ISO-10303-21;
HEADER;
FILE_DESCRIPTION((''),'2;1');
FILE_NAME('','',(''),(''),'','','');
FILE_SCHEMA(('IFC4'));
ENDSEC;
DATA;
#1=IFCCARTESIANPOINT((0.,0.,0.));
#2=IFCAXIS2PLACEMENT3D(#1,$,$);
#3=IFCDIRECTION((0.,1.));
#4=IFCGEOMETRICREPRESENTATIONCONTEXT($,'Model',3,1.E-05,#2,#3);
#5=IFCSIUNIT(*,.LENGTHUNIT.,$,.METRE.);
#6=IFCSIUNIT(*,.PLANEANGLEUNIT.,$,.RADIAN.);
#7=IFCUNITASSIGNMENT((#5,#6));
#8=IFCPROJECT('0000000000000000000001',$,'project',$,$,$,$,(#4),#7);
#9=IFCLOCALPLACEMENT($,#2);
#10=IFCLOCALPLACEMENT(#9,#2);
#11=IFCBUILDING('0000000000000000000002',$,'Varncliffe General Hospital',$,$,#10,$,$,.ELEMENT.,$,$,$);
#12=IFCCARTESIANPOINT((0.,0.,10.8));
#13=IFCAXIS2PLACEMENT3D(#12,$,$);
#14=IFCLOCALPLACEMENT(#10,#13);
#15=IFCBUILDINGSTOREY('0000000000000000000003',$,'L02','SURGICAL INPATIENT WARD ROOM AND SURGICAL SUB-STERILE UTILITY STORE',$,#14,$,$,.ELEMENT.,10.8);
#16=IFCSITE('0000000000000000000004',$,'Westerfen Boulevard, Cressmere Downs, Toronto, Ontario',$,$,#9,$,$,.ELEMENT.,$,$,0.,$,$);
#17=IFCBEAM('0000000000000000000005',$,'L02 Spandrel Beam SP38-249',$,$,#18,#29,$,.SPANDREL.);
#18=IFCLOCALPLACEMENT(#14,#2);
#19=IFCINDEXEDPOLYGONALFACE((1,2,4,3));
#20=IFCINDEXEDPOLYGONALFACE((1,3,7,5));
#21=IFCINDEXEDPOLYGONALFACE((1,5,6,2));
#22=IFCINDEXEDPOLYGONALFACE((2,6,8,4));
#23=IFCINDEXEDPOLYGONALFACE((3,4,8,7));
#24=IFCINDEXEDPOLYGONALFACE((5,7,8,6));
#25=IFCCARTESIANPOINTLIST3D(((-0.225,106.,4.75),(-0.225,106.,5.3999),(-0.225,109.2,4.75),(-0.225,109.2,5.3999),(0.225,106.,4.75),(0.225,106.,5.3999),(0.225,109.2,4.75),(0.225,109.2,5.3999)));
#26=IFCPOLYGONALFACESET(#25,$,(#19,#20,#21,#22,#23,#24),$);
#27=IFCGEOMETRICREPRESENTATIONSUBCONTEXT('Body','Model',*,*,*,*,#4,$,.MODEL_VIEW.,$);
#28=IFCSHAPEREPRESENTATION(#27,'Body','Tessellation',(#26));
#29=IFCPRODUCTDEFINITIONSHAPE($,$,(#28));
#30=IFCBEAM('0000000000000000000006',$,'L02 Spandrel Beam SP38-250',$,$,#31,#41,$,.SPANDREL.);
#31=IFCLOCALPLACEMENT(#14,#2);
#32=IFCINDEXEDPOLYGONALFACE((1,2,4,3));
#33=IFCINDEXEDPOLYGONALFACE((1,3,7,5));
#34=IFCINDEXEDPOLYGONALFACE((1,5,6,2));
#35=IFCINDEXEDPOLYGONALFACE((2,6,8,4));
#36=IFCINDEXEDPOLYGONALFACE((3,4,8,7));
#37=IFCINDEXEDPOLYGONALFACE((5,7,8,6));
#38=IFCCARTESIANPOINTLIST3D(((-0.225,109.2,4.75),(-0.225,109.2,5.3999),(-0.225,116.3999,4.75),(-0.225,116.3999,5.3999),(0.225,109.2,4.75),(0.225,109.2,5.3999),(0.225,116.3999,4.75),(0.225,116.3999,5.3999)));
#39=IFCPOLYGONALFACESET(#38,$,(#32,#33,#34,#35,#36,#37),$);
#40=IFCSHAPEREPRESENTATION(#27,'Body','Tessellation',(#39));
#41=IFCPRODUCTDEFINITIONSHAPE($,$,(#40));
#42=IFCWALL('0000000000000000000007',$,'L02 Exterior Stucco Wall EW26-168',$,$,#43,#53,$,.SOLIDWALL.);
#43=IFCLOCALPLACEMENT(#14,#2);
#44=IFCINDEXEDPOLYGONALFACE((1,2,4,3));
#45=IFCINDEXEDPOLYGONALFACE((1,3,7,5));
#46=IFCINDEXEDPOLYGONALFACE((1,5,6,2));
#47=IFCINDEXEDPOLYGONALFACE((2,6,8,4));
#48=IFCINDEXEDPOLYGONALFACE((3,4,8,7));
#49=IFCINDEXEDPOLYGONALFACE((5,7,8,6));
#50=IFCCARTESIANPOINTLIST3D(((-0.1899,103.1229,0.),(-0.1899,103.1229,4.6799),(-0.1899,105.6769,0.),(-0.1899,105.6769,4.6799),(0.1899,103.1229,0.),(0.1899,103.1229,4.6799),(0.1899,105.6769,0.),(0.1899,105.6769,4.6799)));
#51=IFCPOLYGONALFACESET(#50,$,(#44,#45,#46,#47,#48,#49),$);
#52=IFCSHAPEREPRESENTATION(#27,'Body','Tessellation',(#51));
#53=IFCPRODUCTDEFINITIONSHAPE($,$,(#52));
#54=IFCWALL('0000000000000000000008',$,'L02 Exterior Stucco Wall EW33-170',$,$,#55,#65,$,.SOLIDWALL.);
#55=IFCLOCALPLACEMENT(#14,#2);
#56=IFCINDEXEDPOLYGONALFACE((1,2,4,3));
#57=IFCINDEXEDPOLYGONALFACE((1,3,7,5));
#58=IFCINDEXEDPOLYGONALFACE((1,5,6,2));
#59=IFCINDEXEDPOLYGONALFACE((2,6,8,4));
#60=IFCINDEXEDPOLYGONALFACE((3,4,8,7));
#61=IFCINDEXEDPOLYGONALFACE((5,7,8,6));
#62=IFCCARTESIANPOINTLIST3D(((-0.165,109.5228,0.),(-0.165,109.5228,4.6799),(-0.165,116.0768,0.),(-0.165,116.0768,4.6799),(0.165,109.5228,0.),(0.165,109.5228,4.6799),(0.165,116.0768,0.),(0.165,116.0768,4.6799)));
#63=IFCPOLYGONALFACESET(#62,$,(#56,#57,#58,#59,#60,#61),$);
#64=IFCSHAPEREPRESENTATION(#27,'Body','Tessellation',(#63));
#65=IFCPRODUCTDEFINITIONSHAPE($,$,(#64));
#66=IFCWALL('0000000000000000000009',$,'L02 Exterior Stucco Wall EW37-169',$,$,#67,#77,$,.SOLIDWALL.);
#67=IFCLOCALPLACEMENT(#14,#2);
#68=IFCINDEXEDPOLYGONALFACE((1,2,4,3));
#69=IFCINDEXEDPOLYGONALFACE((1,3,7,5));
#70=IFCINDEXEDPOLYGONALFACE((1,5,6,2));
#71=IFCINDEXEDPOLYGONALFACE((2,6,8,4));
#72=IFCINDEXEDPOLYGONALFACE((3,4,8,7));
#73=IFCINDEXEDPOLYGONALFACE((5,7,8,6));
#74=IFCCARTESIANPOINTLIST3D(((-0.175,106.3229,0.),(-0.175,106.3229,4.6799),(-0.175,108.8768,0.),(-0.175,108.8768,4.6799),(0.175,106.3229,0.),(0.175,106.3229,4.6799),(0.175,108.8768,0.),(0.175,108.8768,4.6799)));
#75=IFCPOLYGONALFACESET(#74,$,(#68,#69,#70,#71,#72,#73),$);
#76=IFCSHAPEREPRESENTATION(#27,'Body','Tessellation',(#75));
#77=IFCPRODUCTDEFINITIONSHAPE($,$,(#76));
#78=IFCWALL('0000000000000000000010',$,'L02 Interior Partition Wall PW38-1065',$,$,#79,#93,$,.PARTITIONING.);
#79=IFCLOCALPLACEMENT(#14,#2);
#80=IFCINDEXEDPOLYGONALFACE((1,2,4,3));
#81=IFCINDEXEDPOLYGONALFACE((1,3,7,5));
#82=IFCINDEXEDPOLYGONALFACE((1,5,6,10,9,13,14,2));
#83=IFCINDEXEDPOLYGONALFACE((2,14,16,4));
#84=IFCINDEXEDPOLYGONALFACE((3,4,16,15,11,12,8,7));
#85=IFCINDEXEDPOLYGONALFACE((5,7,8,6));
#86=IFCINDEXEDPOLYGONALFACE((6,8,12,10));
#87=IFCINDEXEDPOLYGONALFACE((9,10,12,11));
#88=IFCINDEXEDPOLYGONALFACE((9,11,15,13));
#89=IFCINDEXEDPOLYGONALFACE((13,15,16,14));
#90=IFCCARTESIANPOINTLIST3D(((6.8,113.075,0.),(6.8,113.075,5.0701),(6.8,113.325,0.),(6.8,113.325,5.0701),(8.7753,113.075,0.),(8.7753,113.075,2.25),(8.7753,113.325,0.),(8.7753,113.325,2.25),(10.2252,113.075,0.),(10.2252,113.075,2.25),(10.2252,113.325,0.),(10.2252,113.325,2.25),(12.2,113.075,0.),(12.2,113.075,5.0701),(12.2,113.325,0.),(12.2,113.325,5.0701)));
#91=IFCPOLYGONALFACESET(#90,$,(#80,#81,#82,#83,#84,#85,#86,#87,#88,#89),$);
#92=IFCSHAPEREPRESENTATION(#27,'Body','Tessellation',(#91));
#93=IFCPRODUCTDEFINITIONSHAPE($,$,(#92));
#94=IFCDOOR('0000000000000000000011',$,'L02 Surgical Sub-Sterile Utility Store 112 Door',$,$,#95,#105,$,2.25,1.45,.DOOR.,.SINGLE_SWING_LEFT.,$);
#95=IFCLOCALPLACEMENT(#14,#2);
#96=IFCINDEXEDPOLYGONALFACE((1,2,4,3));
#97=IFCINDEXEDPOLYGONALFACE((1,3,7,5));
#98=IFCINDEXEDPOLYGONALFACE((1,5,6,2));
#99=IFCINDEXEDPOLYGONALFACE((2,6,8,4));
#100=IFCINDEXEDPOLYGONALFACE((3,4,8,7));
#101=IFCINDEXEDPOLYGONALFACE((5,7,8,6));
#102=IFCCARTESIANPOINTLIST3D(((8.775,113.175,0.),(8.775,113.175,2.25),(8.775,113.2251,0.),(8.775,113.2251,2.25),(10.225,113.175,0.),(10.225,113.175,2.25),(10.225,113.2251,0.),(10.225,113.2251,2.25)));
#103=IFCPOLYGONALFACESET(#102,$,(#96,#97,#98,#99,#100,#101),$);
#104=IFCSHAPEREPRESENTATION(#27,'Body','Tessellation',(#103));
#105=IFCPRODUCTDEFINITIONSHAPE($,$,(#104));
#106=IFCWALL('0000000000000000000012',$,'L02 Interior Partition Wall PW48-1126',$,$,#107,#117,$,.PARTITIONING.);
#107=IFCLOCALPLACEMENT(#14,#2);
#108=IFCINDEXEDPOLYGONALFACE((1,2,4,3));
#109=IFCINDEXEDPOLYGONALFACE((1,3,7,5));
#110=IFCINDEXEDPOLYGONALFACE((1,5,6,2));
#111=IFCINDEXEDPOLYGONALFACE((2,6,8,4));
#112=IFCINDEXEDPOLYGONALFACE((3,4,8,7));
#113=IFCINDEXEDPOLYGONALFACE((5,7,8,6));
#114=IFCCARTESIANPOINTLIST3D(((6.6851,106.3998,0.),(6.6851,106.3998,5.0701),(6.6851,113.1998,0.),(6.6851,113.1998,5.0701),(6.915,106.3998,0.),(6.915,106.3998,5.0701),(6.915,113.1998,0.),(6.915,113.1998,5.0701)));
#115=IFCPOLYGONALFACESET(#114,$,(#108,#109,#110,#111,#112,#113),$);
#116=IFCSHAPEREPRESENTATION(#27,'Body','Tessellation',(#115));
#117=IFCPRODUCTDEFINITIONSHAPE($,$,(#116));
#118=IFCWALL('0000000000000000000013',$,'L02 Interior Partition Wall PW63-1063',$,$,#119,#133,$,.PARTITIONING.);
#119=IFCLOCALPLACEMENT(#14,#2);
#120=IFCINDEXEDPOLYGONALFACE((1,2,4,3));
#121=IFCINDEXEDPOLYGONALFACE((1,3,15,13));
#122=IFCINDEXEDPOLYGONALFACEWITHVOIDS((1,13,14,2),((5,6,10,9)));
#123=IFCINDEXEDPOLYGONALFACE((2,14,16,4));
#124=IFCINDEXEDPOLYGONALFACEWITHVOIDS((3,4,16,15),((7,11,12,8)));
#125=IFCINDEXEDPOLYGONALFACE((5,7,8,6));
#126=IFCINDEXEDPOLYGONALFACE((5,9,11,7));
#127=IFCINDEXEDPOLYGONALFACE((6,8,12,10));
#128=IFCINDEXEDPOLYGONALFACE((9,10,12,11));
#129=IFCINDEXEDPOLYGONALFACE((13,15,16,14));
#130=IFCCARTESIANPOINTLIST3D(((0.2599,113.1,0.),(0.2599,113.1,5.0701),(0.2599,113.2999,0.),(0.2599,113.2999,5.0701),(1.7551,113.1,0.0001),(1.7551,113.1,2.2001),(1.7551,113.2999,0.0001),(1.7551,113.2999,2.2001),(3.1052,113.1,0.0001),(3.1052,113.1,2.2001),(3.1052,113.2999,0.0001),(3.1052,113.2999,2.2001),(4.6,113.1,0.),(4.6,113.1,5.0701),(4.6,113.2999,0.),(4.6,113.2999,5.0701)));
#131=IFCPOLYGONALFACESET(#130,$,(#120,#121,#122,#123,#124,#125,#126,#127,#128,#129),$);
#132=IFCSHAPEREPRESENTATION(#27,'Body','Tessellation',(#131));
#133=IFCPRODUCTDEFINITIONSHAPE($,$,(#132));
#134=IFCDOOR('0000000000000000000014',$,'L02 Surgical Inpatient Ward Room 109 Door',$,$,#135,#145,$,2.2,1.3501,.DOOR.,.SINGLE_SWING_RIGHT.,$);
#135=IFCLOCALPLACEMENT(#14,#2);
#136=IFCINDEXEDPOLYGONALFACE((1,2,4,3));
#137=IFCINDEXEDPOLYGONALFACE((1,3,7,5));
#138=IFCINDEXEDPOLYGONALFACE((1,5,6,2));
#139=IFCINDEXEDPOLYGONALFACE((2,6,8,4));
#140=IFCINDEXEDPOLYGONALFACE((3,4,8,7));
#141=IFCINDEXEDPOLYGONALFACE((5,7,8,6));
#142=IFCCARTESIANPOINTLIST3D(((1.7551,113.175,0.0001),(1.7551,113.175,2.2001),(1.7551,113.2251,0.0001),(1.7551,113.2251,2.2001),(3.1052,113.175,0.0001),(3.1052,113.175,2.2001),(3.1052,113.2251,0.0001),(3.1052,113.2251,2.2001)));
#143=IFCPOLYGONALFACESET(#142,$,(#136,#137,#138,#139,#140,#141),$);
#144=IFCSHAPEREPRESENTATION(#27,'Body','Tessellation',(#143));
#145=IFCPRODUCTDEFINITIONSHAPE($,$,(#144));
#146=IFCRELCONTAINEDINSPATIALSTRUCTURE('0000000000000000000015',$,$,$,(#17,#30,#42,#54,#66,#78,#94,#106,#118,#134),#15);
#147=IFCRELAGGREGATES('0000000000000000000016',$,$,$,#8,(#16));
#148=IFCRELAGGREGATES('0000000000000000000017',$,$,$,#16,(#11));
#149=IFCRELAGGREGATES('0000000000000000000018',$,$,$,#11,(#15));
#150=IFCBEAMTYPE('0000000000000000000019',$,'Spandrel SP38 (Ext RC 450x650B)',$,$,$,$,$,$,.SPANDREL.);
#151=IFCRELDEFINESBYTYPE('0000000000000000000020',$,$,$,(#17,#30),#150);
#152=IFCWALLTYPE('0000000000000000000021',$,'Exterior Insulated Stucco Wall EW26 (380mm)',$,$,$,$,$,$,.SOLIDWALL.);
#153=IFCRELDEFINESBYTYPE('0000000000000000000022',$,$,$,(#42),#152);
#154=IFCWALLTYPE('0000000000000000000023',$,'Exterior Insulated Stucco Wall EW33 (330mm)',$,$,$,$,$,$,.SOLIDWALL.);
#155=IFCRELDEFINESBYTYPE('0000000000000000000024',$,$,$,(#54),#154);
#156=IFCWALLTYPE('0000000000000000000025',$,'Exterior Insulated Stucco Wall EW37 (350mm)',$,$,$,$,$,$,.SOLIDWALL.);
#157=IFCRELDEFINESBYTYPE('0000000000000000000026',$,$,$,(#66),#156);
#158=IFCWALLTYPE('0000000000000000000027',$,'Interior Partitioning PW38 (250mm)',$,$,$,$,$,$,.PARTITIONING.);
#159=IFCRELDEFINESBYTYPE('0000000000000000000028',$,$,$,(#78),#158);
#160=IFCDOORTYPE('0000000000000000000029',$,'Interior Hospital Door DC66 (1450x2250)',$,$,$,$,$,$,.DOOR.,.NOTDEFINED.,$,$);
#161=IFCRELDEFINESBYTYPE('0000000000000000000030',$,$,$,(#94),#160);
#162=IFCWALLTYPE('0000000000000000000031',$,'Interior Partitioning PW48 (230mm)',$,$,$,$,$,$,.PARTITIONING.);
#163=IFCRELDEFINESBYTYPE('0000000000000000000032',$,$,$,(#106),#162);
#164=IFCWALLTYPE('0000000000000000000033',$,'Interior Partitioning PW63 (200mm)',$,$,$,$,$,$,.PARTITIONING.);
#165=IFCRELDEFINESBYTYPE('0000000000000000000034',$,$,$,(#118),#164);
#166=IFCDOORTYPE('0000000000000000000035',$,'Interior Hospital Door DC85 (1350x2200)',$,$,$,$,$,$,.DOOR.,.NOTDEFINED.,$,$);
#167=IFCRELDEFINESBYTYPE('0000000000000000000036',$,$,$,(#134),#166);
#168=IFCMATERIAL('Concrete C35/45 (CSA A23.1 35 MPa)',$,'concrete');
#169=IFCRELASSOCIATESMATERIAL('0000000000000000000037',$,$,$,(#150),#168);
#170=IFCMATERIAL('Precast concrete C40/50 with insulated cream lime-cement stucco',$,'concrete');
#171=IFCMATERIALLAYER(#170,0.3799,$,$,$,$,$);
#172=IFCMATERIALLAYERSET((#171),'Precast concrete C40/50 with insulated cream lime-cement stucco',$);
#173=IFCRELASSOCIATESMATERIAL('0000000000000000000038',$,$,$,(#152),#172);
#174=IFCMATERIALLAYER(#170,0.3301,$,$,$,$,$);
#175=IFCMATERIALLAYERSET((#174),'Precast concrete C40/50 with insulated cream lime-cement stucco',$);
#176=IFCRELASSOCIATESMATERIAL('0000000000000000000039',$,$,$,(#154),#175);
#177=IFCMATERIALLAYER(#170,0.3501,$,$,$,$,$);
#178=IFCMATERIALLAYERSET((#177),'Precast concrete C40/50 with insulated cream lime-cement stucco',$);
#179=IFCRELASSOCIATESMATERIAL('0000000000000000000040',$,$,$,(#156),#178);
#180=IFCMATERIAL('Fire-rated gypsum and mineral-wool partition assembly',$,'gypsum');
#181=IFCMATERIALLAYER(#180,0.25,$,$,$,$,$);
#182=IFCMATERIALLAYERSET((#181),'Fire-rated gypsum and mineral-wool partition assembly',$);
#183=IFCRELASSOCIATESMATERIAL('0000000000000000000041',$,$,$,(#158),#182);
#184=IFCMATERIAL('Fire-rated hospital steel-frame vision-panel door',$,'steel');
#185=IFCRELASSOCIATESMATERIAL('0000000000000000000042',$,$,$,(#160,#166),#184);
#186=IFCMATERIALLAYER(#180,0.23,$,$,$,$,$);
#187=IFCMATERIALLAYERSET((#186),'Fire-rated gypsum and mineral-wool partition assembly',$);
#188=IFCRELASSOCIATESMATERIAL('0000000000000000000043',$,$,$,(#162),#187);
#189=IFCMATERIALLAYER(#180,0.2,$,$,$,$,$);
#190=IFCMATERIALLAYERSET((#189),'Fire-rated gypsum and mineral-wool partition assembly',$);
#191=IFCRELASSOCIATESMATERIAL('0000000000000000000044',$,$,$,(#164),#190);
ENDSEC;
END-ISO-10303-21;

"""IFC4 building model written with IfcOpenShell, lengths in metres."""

from ifc_helpers import new_model, si_unit, direction, frame, frame_2d, origin, origin_2d, place, context, subcontext, project, spatial, rectangle, extrude, material, layer, layer_set, material_profile, profile_set, type_object, element, fill, save


model = new_model("IFC4")

# Units and contexts
model_context = context("Model", 3, precision=1e-05, world=origin(), true_north=direction((0.0, 1.0)))
body_context = subcontext(model_context, "Body", "Model", "MODEL_VIEW")
ifc_project = project(units=[si_unit("LENGTHUNIT", "METRE"), si_unit("PLANEANGLEUNIT", "RADIAN")], contexts=[model_context])

# Site, building, storey
site_placement = place(None, origin())
site = spatial("IfcSite", under=ifc_project, at=site_placement, Name="Westerfen Boulevard, Cressmere Downs, Toronto, Ontario", CompositionType="ELEMENT", RefElevation=0.0)
building_placement = place(site_placement, origin())
building = spatial("IfcBuilding", under=site, at=building_placement, Name="Varncliffe General Hospital", CompositionType="ELEMENT")
storey_placement = place(building_placement, frame((0.0, 0.0, 10.8)))
storey = spatial("IfcBuildingStorey", under=building, at=storey_placement, Name="L02", Description="SURGICAL INPATIENT WARD ROOM AND SURGICAL SUB-STERILE UTILITY STORE", CompositionType="ELEMENT", Elevation=10.8)

# Beams
ifc_material_1 = material(Name="Concrete C35/45 (CSA A23.1 35 MPa)", Category="concrete")
ifc_material_profile_1 = material_profile(ifc_material_1, rectangle(XDim=0.45, YDim=0.6499, at=origin_2d()), Name="RC 450x650")
ifc_profile_set_1 = profile_set([ifc_material_profile_1], Name="Concrete C35/45 (CSA A23.1 35 MPa)")
beam_type_1 = type_object("IfcBeamType", Name="Spandrel SP38 (Ext RC 450x650B)", PredefinedType="SPANDREL", material=ifc_profile_set_1)
for number, where, z_axis, x_axis, name in (
    (1, (0.0, 106.0, 5.075), (0.0, 1.0, 0.0), (-1.0, 0.0, 0.0), "L02 Spandrel Beam SP38-249"),
):
    element("IfcBeam", number, at=place(storey_placement, frame(where, z_axis=z_axis, x_axis=x_axis)), inside=storey, type_object=beam_type_1, Name=name, PredefinedType="SPANDREL", context=body_context, shape_type="SweptSolid", body=[
        extrude(rectangle(XDim=0.45, YDim=0.6499, at=origin_2d()), origin(), (0.0, 0.0, 1.0), 3.2),
    ])
beam_1_placement = place(storey_placement, frame((0.0, 109.2, 5.075), z_axis=(0.0, 1.0, 0.0), x_axis=(-1.0, 0.0, 0.0)))
element("IfcBeam", 2, at=beam_1_placement, inside=storey, type_object=beam_type_1, Name="L02 Spandrel Beam SP38-250", PredefinedType="SPANDREL", context=body_context, shape_type="SweptSolid", body=[
    extrude(rectangle(XDim=0.45, YDim=0.6499, at=origin_2d()), origin(), (0.0, 0.0, 1.0), 7.2),
])

# Walls
ifc_material_2 = material(Name="Precast concrete C40/50 with insulated cream lime-cement stucco", Category="concrete")
ifc_layer_1 = layer(ifc_material_2, 0.3799)
ifc_layer_set_1 = layer_set([ifc_layer_1], Name="Precast concrete C40/50 with insulated cream lime-cement stucco")
wall_type_1 = type_object("IfcWallType", Name="Exterior Insulated Stucco Wall EW26 (380mm)", PredefinedType="SOLIDWALL", material=ifc_layer_set_1)
wall_1_placement = place(storey_placement, frame((0.0, 103.123, 0.0), z_axis=(0.0, 0.0, 1.0), x_axis=(0.0, 1.0, 0.0)))
element("IfcWall", 3, at=wall_1_placement, inside=storey, type_object=wall_type_1, Name="L02 Exterior Stucco Wall EW26-168", PredefinedType="SOLIDWALL", context=body_context, shape_type="SweptSolid", body=[
    extrude(rectangle(XDim=2.554, YDim=0.3799, at=frame_2d((1.2769, 0.0))), origin(), (0.0, 0.0, 1.0), 4.6799),
])
ifc_layer_2 = layer(ifc_material_2, 0.3301)
ifc_layer_set_2 = layer_set([ifc_layer_2], Name="Precast concrete C40/50 with insulated cream lime-cement stucco")
wall_type_2 = type_object("IfcWallType", Name="Exterior Insulated Stucco Wall EW33 (330mm)", PredefinedType="SOLIDWALL", material=ifc_layer_set_2)
wall_2_placement = place(storey_placement, frame((0.0, 109.5229, 0.0), z_axis=(0.0, 0.0, 1.0), x_axis=(0.0, 1.0, 0.0)))
element("IfcWall", 4, at=wall_2_placement, inside=storey, type_object=wall_type_2, Name="L02 Exterior Stucco Wall EW33-170", PredefinedType="SOLIDWALL", context=body_context, shape_type="SweptSolid", body=[
    extrude(rectangle(XDim=6.554, YDim=0.3301, at=frame_2d((3.2769, 0.0))), origin(), (0.0, 0.0, 1.0), 4.6799),
])
ifc_layer_3 = layer(ifc_material_2, 0.3501)
ifc_layer_set_3 = layer_set([ifc_layer_3], Name="Precast concrete C40/50 with insulated cream lime-cement stucco")
wall_type_3 = type_object("IfcWallType", Name="Exterior Insulated Stucco Wall EW37 (350mm)", PredefinedType="SOLIDWALL", material=ifc_layer_set_3)
wall_3_placement = place(storey_placement, frame((0.0, 106.323, 0.0), z_axis=(0.0, 0.0, 1.0), x_axis=(0.0, 1.0, 0.0)))
element("IfcWall", 5, at=wall_3_placement, inside=storey, type_object=wall_type_3, Name="L02 Exterior Stucco Wall EW37-169", PredefinedType="SOLIDWALL", context=body_context, shape_type="SweptSolid", body=[
    extrude(rectangle(XDim=2.554, YDim=0.3501, at=frame_2d((1.2769, 0.0))), origin(), (0.0, 0.0, 1.0), 4.6799),
])

# Wall, opening, door
ifc_material_3 = material(Name="Fire-rated gypsum and mineral-wool partition assembly", Category="gypsum")
ifc_layer_4 = layer(ifc_material_3, 0.25)
ifc_layer_set_4 = layer_set([ifc_layer_4], Name="Fire-rated gypsum and mineral-wool partition assembly")
wall_type_4 = type_object("IfcWallType", Name="Interior Partitioning PW38 (250mm)", PredefinedType="PARTITIONING", material=ifc_layer_set_4)
wall_4_placement = place(storey_placement, frame((6.8, 113.2, 0.0), z_axis=(0.0, 0.0, 1.0), x_axis=(1.0, 0.0, 0.0)))
wall_4 = element("IfcWall", 6, at=wall_4_placement, inside=storey, type_object=wall_type_4, Name="L02 Interior Partition Wall PW38-1065", PredefinedType="PARTITIONING", context=body_context, shape_type="SweptSolid", body=[
    extrude(rectangle(XDim=5.3999, YDim=0.25, at=frame_2d((2.7, 0.0))), origin(), (0.0, 0.0, 1.0), 5.0701),
])
opening_1_placement = place(wall_4_placement, frame((1.9751, 0.0, 0.0)))
opening_1 = element("IfcOpeningElement", 7, at=opening_1_placement, cuts=wall_4, PredefinedType="OPENING", context=body_context, shape_type="SweptSolid", body=[
    extrude(rectangle(XDim=1.45, YDim=2.25, at=frame_2d((0.7251, 1.125))), frame((0.0, 0.135, 0.0), z_axis=(0.0, -1.0, 0.0), x_axis=(1.0, 0.0, 0.0)), (0.0, 0.0, 1.0), 0.27),
])
ifc_material_4 = material(Name="Fire-rated hospital steel-frame vision-panel door", Category="steel")
door_type_1 = type_object("IfcDoorType", Name="Interior Hospital Door DC66 (1450x2250)", OperationType="NOTDEFINED", PredefinedType="DOOR", material=ifc_material_4)
door_1_placement = place(opening_1_placement, frame((1.45, 0.0, 0.0), z_axis=(0.0, 0.0, 1.0), x_axis=(-1.0, 0.0, 0.0)))
door_1 = element("IfcDoor", 8, at=door_1_placement, inside=storey, type_object=door_type_1, Name="L02 Surgical Sub-Sterile Utility Store 112 Door", OperationType="SINGLE_SWING_LEFT", OverallHeight=2.25, OverallWidth=1.45, PredefinedType="DOOR", context=body_context, shape_type="SweptSolid", body=[
    extrude(rectangle(XDim=1.45, YDim=2.25, at=frame_2d((0.7251, 1.125))), frame((0.0, 0.0249, 0.0), z_axis=(0.0, -1.0, 0.0), x_axis=(1.0, 0.0, 0.0)), (0.0, 0.0, 1.0), 0.05),
])
fill(opening_1, door_1)

# Wall
ifc_layer_5 = layer(ifc_material_3, 0.23)
ifc_layer_set_5 = layer_set([ifc_layer_5], Name="Fire-rated gypsum and mineral-wool partition assembly")
wall_type_5 = type_object("IfcWallType", Name="Interior Partitioning PW48 (230mm)", PredefinedType="PARTITIONING", material=ifc_layer_set_5)
wall_5_placement = place(storey_placement, frame((6.8, 106.3999, 0.0), z_axis=(0.0, 0.0, 1.0), x_axis=(0.0, 1.0, 0.0)))
element("IfcWall", 9, at=wall_5_placement, inside=storey, type_object=wall_type_5, Name="L02 Interior Partition Wall PW48-1126", PredefinedType="PARTITIONING", context=body_context, shape_type="SweptSolid", body=[
    extrude(rectangle(XDim=6.8, YDim=0.23, at=frame_2d((3.3999, 0.0))), origin(), (0.0, 0.0, 1.0), 5.0701),
])

# Wall, opening, door
ifc_layer_6 = layer(ifc_material_3, 0.2)
ifc_layer_set_6 = layer_set([ifc_layer_6], Name="Fire-rated gypsum and mineral-wool partition assembly")
wall_type_6 = type_object("IfcWallType", Name="Interior Partitioning PW63 (200mm)", PredefinedType="PARTITIONING", material=ifc_layer_set_6)
wall_6_placement = place(storey_placement, frame((0.26, 113.2, 0.0), z_axis=(0.0, 0.0, 1.0), x_axis=(1.0, 0.0, 0.0)))
wall_6 = element("IfcWall", 10, at=wall_6_placement, inside=storey, type_object=wall_type_6, Name="L02 Interior Partition Wall PW63-1063", PredefinedType="PARTITIONING", context=body_context, shape_type="SweptSolid", body=[
    extrude(rectangle(XDim=4.3401, YDim=0.2, at=frame_2d((2.1699, 0.0))), origin(), (0.0, 0.0, 1.0), 5.0701),
])
opening_2_placement = place(wall_6_placement, frame((1.4951, 0.0, 0.0)))
opening_2 = element("IfcOpeningElement", 11, at=opening_2_placement, cuts=wall_6, PredefinedType="OPENING", context=body_context, shape_type="SweptSolid", body=[
    extrude(rectangle(XDim=1.3501, YDim=2.2, at=frame_2d((0.675, 1.1001))), frame((0.0, 0.1099, 0.0), z_axis=(0.0, -1.0, 0.0), x_axis=(1.0, 0.0, 0.0)), (0.0, 0.0, 1.0), 0.22),
])
door_type_2 = type_object("IfcDoorType", Name="Interior Hospital Door DC85 (1350x2200)", OperationType="NOTDEFINED", PredefinedType="DOOR", material=ifc_material_4)
door_2_placement = place(opening_2_placement, frame((1.3501, 0.0, 0.0), z_axis=(0.0, 0.0, 1.0), x_axis=(-1.0, 0.0, 0.0)))
door_2 = element("IfcDoor", 12, at=door_2_placement, inside=storey, type_object=door_type_2, Name="L02 Surgical Inpatient Ward Room 109 Door", OperationType="SINGLE_SWING_RIGHT", OverallHeight=2.2, OverallWidth=1.3501, PredefinedType="DOOR", context=body_context, shape_type="SweptSolid", body=[
    extrude(rectangle(XDim=1.3501, YDim=2.2, at=frame_2d((0.675, 1.1001))), frame((0.0, 0.0249, 0.0), z_axis=(0.0, -1.0, 0.0), x_axis=(1.0, 0.0, 0.0)), (0.0, 0.0, 1.0), 0.05),
])
fill(opening_2, door_2)

save(model, "model.ifc")
